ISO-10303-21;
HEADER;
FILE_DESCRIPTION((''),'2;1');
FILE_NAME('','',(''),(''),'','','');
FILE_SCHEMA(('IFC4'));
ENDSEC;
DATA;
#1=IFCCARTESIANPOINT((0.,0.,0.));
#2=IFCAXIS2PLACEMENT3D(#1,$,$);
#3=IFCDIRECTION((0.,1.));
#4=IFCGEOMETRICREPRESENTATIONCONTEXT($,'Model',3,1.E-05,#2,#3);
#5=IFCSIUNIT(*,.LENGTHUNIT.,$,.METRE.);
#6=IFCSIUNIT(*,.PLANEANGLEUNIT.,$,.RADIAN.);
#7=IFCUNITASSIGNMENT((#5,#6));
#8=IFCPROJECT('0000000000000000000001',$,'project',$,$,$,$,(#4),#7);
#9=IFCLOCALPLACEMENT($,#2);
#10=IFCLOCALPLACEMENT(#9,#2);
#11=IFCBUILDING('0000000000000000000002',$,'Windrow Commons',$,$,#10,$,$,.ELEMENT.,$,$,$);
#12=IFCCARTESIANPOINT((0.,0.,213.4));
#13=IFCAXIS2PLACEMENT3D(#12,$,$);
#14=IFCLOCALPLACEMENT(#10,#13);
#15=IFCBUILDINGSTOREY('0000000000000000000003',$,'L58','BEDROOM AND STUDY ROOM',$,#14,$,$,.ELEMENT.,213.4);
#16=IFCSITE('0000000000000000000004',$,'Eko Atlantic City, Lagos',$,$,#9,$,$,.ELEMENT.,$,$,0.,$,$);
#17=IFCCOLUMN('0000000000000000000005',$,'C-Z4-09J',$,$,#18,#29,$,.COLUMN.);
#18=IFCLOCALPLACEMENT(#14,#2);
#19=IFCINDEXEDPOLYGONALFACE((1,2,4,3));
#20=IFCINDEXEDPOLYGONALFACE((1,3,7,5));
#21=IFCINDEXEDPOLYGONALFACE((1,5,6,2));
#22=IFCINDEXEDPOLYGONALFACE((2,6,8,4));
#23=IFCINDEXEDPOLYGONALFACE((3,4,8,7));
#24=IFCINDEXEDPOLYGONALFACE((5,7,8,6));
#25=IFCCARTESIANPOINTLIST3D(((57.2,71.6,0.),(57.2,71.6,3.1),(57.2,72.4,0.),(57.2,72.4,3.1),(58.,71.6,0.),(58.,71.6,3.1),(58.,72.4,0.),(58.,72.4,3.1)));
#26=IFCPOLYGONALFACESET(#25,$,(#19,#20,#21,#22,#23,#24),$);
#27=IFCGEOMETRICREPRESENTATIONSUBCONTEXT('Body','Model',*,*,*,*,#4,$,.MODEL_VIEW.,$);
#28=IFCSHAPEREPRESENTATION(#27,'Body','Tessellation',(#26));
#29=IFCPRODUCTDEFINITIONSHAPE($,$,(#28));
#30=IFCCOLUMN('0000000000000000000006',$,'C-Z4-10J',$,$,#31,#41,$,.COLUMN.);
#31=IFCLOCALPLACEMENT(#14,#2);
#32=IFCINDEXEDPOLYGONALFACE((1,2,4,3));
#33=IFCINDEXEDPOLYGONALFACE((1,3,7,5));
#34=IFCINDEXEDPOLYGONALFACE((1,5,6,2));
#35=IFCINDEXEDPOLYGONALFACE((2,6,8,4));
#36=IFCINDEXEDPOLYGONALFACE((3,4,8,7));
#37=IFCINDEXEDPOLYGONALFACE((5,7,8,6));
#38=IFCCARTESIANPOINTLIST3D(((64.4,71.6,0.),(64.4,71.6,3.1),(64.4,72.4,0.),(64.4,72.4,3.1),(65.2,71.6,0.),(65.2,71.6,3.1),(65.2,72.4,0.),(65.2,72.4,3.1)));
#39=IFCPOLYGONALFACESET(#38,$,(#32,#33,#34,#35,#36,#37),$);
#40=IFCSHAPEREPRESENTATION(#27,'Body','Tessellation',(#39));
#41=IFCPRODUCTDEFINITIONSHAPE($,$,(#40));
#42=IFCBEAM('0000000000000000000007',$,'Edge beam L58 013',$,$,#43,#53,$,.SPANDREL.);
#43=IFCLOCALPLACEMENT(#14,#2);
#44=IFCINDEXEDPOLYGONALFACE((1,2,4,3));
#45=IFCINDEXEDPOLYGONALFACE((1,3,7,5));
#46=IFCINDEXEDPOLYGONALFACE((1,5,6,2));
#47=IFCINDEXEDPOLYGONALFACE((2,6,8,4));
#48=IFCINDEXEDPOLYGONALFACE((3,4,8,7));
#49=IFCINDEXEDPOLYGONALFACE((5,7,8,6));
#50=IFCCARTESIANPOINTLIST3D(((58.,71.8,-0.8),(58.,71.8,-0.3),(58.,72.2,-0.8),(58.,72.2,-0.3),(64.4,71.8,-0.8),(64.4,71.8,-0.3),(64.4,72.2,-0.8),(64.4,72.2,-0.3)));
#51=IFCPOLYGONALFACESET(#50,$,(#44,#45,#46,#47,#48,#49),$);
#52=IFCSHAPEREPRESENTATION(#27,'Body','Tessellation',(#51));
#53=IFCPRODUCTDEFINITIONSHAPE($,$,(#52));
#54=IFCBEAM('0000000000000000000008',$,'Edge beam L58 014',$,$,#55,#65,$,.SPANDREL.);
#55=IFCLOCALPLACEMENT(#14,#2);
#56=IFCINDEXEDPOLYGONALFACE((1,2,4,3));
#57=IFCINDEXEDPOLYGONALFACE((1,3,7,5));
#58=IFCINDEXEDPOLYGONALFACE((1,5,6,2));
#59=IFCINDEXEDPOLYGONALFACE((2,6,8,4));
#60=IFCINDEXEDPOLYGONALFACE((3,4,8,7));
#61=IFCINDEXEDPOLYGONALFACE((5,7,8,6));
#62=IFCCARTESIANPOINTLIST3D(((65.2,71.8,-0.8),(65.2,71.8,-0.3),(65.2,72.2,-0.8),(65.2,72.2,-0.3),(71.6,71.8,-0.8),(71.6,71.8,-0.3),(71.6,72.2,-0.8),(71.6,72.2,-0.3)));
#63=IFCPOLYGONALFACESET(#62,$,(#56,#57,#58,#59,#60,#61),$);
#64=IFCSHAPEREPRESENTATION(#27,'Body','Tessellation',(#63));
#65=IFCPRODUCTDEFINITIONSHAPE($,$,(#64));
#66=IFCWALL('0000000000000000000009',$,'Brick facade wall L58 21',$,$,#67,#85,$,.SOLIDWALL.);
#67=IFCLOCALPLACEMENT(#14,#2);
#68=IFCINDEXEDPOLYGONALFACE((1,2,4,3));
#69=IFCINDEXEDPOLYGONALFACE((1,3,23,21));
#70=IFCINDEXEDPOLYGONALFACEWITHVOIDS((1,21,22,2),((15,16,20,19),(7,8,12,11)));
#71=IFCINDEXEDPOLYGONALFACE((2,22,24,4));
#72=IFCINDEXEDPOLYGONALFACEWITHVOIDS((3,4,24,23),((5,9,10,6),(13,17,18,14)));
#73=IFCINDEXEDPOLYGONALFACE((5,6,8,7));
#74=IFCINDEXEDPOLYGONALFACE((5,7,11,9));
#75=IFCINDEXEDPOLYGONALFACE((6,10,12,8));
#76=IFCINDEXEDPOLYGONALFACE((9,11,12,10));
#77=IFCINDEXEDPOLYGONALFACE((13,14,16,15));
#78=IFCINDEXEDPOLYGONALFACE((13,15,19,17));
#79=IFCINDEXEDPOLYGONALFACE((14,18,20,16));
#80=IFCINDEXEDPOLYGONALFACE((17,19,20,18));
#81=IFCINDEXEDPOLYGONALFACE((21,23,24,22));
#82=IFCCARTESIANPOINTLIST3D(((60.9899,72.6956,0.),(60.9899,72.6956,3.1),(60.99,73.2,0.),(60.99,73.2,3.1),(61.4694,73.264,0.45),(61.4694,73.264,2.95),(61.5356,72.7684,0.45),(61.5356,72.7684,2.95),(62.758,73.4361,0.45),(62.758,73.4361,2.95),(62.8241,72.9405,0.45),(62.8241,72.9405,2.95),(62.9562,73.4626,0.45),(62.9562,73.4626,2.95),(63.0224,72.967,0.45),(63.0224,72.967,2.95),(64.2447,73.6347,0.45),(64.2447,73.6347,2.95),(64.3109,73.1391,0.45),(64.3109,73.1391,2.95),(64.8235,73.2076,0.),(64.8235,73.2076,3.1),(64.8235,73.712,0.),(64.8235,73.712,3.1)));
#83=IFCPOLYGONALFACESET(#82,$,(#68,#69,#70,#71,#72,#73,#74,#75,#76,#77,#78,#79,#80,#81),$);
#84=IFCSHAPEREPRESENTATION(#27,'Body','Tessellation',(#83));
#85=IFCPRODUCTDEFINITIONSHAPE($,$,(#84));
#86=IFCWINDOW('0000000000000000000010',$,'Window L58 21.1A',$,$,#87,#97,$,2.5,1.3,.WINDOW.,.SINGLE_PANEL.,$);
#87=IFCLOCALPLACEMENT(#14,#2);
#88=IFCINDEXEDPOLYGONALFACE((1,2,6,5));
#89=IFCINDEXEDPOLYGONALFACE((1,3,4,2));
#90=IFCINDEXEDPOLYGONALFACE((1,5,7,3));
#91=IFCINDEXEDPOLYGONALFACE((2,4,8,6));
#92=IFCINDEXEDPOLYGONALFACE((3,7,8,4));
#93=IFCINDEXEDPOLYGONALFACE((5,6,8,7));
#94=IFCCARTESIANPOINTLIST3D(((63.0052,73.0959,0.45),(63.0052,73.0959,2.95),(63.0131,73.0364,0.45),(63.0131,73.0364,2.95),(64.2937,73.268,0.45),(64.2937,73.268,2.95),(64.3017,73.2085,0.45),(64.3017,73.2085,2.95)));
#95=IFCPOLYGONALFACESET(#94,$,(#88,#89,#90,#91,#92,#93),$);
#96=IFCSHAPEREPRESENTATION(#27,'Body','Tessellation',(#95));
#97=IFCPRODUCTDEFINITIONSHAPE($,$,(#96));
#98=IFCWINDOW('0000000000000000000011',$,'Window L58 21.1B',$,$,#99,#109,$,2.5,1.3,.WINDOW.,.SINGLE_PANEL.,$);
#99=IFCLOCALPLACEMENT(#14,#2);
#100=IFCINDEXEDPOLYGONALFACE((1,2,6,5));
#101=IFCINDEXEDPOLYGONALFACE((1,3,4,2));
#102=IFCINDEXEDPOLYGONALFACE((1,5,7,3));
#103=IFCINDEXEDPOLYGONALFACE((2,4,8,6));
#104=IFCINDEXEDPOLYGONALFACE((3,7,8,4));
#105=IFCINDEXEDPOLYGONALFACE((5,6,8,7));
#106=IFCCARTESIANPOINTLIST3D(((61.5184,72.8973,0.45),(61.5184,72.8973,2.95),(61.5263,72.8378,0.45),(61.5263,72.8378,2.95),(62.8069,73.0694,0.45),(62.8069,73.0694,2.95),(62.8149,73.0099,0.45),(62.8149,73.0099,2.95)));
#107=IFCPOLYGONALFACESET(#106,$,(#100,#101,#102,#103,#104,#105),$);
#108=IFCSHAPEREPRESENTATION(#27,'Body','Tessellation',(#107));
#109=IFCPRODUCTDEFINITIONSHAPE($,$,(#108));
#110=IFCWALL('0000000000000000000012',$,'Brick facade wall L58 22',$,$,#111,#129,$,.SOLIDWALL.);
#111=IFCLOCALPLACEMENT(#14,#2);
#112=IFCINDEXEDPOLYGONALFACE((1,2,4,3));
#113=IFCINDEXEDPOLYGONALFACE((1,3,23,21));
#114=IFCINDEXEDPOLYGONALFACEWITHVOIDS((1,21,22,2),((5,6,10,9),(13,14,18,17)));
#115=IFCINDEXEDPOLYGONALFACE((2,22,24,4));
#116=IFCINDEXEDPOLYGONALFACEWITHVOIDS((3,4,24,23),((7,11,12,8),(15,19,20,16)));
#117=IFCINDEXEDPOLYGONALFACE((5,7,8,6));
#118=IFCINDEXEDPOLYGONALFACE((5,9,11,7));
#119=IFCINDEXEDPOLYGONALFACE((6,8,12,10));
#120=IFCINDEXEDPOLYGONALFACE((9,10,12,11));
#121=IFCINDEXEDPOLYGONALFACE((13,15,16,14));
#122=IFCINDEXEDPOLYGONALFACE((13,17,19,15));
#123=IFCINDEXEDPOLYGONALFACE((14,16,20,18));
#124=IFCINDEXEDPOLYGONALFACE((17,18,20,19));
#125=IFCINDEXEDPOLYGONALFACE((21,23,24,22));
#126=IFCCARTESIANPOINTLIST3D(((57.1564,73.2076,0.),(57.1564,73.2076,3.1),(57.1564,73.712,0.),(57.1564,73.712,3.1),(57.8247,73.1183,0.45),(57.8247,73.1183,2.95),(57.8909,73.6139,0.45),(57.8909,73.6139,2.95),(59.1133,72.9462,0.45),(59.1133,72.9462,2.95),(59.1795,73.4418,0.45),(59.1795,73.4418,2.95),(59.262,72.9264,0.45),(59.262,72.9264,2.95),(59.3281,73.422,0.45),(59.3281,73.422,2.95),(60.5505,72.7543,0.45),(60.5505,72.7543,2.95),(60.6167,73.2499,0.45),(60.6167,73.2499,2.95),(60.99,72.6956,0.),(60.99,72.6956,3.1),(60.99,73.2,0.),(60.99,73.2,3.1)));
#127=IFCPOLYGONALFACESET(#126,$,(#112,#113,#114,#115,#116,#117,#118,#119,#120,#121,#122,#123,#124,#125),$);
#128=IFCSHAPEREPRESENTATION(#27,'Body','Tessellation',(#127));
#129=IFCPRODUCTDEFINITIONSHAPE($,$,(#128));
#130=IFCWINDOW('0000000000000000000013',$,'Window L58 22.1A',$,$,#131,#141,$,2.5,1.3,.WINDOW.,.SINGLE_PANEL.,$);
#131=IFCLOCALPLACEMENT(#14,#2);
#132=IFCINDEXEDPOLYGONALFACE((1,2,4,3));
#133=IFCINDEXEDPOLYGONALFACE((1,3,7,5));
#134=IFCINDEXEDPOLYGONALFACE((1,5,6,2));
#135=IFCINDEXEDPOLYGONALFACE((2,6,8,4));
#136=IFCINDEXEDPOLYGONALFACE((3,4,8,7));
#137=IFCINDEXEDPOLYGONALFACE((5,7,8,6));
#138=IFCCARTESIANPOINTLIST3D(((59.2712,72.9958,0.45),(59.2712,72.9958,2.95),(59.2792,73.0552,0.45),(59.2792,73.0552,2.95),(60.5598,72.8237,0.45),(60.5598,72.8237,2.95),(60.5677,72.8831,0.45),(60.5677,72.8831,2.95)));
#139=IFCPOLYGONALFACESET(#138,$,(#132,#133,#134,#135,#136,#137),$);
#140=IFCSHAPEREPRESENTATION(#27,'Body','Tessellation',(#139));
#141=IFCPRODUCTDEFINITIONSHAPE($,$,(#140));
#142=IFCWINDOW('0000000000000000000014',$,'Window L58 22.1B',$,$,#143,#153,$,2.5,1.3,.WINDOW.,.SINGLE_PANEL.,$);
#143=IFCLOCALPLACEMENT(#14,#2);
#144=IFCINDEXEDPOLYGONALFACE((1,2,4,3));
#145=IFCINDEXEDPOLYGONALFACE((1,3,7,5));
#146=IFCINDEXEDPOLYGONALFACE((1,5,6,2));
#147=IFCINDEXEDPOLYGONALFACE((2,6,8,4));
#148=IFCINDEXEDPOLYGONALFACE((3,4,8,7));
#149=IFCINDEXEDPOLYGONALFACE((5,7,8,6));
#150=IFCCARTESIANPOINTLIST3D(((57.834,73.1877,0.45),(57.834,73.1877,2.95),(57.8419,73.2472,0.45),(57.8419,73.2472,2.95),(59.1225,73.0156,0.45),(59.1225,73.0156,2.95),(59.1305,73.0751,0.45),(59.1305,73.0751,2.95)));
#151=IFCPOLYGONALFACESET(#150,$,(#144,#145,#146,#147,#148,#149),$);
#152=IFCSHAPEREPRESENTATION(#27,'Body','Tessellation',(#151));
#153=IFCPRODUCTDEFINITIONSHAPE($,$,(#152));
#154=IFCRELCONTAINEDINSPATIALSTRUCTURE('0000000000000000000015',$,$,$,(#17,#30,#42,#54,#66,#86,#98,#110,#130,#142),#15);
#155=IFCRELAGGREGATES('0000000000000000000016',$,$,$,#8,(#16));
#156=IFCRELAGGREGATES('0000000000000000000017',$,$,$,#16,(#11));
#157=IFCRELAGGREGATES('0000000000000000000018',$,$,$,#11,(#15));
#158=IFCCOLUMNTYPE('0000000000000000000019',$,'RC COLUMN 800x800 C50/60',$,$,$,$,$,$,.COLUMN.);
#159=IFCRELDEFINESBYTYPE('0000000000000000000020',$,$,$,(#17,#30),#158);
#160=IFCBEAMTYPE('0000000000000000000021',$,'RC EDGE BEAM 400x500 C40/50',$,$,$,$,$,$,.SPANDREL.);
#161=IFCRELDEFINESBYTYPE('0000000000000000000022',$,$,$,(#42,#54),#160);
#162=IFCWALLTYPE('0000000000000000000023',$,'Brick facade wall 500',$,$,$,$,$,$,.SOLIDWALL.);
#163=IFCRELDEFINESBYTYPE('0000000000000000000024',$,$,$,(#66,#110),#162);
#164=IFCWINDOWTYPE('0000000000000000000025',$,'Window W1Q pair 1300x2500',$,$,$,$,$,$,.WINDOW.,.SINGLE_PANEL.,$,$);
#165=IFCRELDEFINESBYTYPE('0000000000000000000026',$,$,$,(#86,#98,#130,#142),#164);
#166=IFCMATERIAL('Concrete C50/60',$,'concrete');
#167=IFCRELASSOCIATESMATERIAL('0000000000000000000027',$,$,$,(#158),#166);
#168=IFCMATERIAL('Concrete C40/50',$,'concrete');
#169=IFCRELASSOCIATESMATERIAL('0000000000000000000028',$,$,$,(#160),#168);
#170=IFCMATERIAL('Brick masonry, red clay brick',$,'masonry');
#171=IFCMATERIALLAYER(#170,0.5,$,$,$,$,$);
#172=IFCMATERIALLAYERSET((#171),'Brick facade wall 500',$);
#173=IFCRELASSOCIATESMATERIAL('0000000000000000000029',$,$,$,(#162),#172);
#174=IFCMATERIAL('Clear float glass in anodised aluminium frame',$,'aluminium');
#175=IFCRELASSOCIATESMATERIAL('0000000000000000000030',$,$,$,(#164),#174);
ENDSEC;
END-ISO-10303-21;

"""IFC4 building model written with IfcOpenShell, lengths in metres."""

from ifc_helpers import new_model, si_unit, direction, frame, frame_2d, origin, origin_2d, place, context, subcontext, project, spatial, polyline, rectangle, outline, extrude, material, layer, layer_set, material_profile, profile_set, type_object, element, fill, save


model = new_model("IFC4")

# Units and contexts
model_context = context("Model", 3, precision=1e-05, world=origin(), true_north=direction((0.0, 1.0)))
body_context = subcontext(model_context, "Body", "Model", "MODEL_VIEW")
ifc_project = project(units=[si_unit("LENGTHUNIT", "METRE"), si_unit("PLANEANGLEUNIT", "RADIAN")], contexts=[model_context])

# Site, building, storey
site_placement = place(None, origin())
site = spatial("IfcSite", under=ifc_project, at=site_placement, Name="Eko Atlantic City, Lagos", CompositionType="ELEMENT", RefElevation=0.0)
building_placement = place(site_placement, origin())
building = spatial("IfcBuilding", under=site, at=building_placement, Name="Windrow Commons", CompositionType="ELEMENT")
storey_placement = place(building_placement, frame((0.0, 0.0, 213.4)))
storey = spatial("IfcBuildingStorey", under=building, at=storey_placement, Name="L58", Description="BEDROOM AND STUDY ROOM", CompositionType="ELEMENT", Elevation=213.4)

# Columns
ifc_material_1 = material(Name="Concrete C50/60", Category="concrete")
ifc_material_profile_1 = material_profile(ifc_material_1, rectangle(XDim=0.8, YDim=0.8, at=origin_2d()))
ifc_profile_set_1 = profile_set([ifc_material_profile_1], Name="Concrete C50/60")
column_type = type_object("IfcColumnType", Name="RC COLUMN 800x800 C50/60", PredefinedType="COLUMN", material=ifc_profile_set_1)
for number, where, z_axis, x_axis, name in (
    (1, (57.6, 72.0, 0.0), (0.0, 0.0, 1.0), (1.0, 0.0, 0.0), "C-Z4-09J"),
    (2, (64.8, 72.0, 0.0), (0.0, 0.0, 1.0), (1.0, 0.0, 0.0), "C-Z4-10J"),
):
    element("IfcColumn", number, at=place(storey_placement, frame(where, z_axis=z_axis, x_axis=x_axis)), inside=storey, type_object=column_type, Name=name, PredefinedType="COLUMN", context=body_context, shape_type="SweptSolid", body=[
        extrude(rectangle(XDim=0.8, YDim=0.8, at=origin_2d()), origin(), (0.0, 0.0, 1.0), 3.1),
    ])

# Beams
ifc_material_2 = material(Name="Concrete C40/50", Category="concrete")
ifc_material_profile_2 = material_profile(ifc_material_2, rectangle(XDim=0.4, YDim=0.5, at=origin_2d()))
ifc_profile_set_2 = profile_set([ifc_material_profile_2], Name="Concrete C40/50")
beam_type = type_object("IfcBeamType", Name="RC EDGE BEAM 400x500 C40/50", PredefinedType="SPANDREL", material=ifc_profile_set_2)
for number, where, z_axis, x_axis, name in (
    (3, (58.0, 72.0, -0.55), (1.0, 0.0, 0.0), (0.0, 1.0, 0.0), "Edge beam L58 013"),
    (4, (65.2, 72.0, -0.55), (1.0, 0.0, 0.0), (0.0, 1.0, 0.0), "Edge beam L58 014"),
):
    element("IfcBeam", number, at=place(storey_placement, frame(where, z_axis=z_axis, x_axis=x_axis)), inside=storey, type_object=beam_type, Name=name, PredefinedType="SPANDREL", context=body_context, shape_type="SweptSolid", body=[
        extrude(rectangle(XDim=0.4, YDim=0.5, at=origin_2d()), origin(), (0.0, 0.0, 1.0), 6.4),
    ])

# Walls, openings, windows
ifc_material_3 = material(Name="Brick masonry, red clay brick", Category="masonry")
ifc_layer_1 = layer(ifc_material_3, 0.5)
ifc_layer_set_1 = layer_set([ifc_layer_1], Name="Brick facade wall 500")
wall_type_1 = type_object("IfcWallType", Name="Brick facade wall 500", PredefinedType="SOLIDWALL", material=ifc_layer_set_1)
wall_1_placement = place(storey_placement, frame((64.8235, 73.4598, 0.0), z_axis=(0.0, 0.0, 1.0), x_axis=(-0.991199, -0.132384, 0.0)))
wall_1 = element("IfcWall", 5, at=wall_1_placement, inside=storey, type_object=wall_type_1, Name="Brick facade wall L58 21", PredefinedType="SOLIDWALL", context=body_context, shape_type="SweptSolid", body=[
    extrude(outline(polyline([(-0.0334, -0.25), (3.8342, -0.25), (3.901, 0.25), (0.0334, 0.25), (-0.0334, -0.25)])), origin(), (0.0, 0.0, 1.0), 3.1),
])
opening_1_placement = place(wall_1_placement, frame((0.5505, 0.0, 0.45)))
opening_1 = element("IfcOpeningElement", 6, at=opening_1_placement, cuts=wall_1, PredefinedType="OPENING", context=body_context, shape_type="SweptSolid", body=[
    extrude(rectangle(XDim=1.3, YDim=2.5, at=frame_2d((0.65, 1.25))), frame((0.0, 0.26, 0.0), z_axis=(0.0, -1.0, 0.0), x_axis=(1.0, 0.0, 0.0)), (0.0, 0.0, 1.0), 0.52),
])
opening_2_placement = place(wall_1_placement, frame((2.0505, 0.0, 0.45)))
opening_2 = element("IfcOpeningElement", 7, at=opening_2_placement, cuts=wall_1, PredefinedType="OPENING", context=body_context, shape_type="SweptSolid", body=[
    extrude(rectangle(XDim=1.3, YDim=2.5, at=frame_2d((0.65, 1.25))), frame((0.0, 0.26, 0.0), z_axis=(0.0, -1.0, 0.0), x_axis=(1.0, 0.0, 0.0)), (0.0, 0.0, 1.0), 0.52),
])
ifc_material_4 = material(Name="Clear float glass in anodised aluminium frame", Category="aluminium")
window_type_1 = type_object("IfcWindowType", Name="Window W1Q pair 1300x2500", PartitioningType="SINGLE_PANEL", PredefinedType="WINDOW", material=ifc_material_4)
window_1_placement = place(opening_1_placement, origin())
window_1 = element("IfcWindow", 8, at=window_1_placement, inside=storey, type_object=window_type_1, Name="Window L58 21.1A", OverallHeight=2.5, OverallWidth=1.3, PartitioningType="SINGLE_PANEL", PredefinedType="WINDOW", context=body_context, shape_type="SweptSolid", body=[
    extrude(rectangle(XDim=1.3, YDim=2.5, at=frame_2d((0.65, 1.25))), frame((0.0, 0.18, 0.0), z_axis=(0.0, -1.0, 0.0), x_axis=(1.0, 0.0, 0.0)), (0.0, 0.0, 1.0), 0.06),
])
fill(opening_1, window_1)
window_2_placement = place(opening_2_placement, origin())
window_2 = element("IfcWindow", 9, at=window_2_placement, inside=storey, type_object=window_type_1, Name="Window L58 21.1B", OverallHeight=2.5, OverallWidth=1.3, PartitioningType="SINGLE_PANEL", PredefinedType="WINDOW", context=body_context, shape_type="SweptSolid", body=[
    extrude(rectangle(XDim=1.3, YDim=2.5, at=frame_2d((0.65, 1.25))), frame((0.0, 0.18, 0.0), z_axis=(0.0, -1.0, 0.0), x_axis=(1.0, 0.0, 0.0)), (0.0, 0.0, 1.0), 0.06),
])
fill(opening_2, window_2)
wall_2_placement = place(storey_placement, frame((60.99, 72.9478, 0.0), z_axis=(0.0, 0.0, 1.0), x_axis=(-0.991199, 0.13238, 0.0)))
wall_2 = element("IfcWall", 10, at=wall_2_placement, inside=storey, type_object=wall_type_1, Name="Brick facade wall L58 22", PredefinedType="SOLIDWALL", context=body_context, shape_type="SweptSolid", body=[
    extrude(outline(polyline([(0.0334, -0.25), (3.901, -0.25), (3.8342, 0.25), (-0.0334, 0.25), (0.0334, -0.25)])), origin(), (0.0, 0.0, 1.0), 3.1),
])
opening_3_placement = place(wall_2_placement, frame((0.41, 0.0, 0.45)))
opening_3 = element("IfcOpeningElement", 11, at=opening_3_placement, cuts=wall_2, PredefinedType="OPENING", context=body_context, shape_type="SweptSolid", body=[
    extrude(rectangle(XDim=1.3, YDim=2.5, at=frame_2d((0.65, 1.25))), frame((0.0, 0.26, 0.0), z_axis=(0.0, -1.0, 0.0), x_axis=(1.0, 0.0, 0.0)), (0.0, 0.0, 1.0), 0.52),
])
opening_4_placement = place(wall_2_placement, frame((1.86, 0.0, 0.45)))
opening_4 = element("IfcOpeningElement", 12, at=opening_4_placement, cuts=wall_2, PredefinedType="OPENING", context=body_context, shape_type="SweptSolid", body=[
    extrude(rectangle(XDim=1.3, YDim=2.5, at=frame_2d((0.65, 1.25))), frame((0.0, 0.26, 0.0), z_axis=(0.0, -1.0, 0.0), x_axis=(1.0, 0.0, 0.0)), (0.0, 0.0, 1.0), 0.52),
])
window_3_placement = place(opening_3_placement, origin())
window_3 = element("IfcWindow", 13, at=window_3_placement, inside=storey, type_object=window_type_1, Name="Window L58 22.1A", OverallHeight=2.5, OverallWidth=1.3, PartitioningType="SINGLE_PANEL", PredefinedType="WINDOW", context=body_context, shape_type="SweptSolid", body=[
    extrude(rectangle(XDim=1.3, YDim=2.5, at=frame_2d((0.65, 1.25))), frame((0.0, 0.18, 0.0), z_axis=(0.0, -1.0, 0.0), x_axis=(1.0, 0.0, 0.0)), (0.0, 0.0, 1.0), 0.06),
])
fill(opening_3, window_3)
window_4_placement = place(opening_4_placement, origin())
window_4 = element("IfcWindow", 14, at=window_4_placement, inside=storey, type_object=window_type_1, Name="Window L58 22.1B", OverallHeight=2.5, OverallWidth=1.3, PartitioningType="SINGLE_PANEL", PredefinedType="WINDOW", context=body_context, shape_type="SweptSolid", body=[
    extrude(rectangle(XDim=1.3, YDim=2.5, at=frame_2d((0.65, 1.25))), frame((0.0, 0.18, 0.0), z_axis=(0.0, -1.0, 0.0), x_axis=(1.0, 0.0, 0.0)), (0.0, 0.0, 1.0), 0.06),
])
fill(opening_4, window_4)

save(model, "model.ifc")
